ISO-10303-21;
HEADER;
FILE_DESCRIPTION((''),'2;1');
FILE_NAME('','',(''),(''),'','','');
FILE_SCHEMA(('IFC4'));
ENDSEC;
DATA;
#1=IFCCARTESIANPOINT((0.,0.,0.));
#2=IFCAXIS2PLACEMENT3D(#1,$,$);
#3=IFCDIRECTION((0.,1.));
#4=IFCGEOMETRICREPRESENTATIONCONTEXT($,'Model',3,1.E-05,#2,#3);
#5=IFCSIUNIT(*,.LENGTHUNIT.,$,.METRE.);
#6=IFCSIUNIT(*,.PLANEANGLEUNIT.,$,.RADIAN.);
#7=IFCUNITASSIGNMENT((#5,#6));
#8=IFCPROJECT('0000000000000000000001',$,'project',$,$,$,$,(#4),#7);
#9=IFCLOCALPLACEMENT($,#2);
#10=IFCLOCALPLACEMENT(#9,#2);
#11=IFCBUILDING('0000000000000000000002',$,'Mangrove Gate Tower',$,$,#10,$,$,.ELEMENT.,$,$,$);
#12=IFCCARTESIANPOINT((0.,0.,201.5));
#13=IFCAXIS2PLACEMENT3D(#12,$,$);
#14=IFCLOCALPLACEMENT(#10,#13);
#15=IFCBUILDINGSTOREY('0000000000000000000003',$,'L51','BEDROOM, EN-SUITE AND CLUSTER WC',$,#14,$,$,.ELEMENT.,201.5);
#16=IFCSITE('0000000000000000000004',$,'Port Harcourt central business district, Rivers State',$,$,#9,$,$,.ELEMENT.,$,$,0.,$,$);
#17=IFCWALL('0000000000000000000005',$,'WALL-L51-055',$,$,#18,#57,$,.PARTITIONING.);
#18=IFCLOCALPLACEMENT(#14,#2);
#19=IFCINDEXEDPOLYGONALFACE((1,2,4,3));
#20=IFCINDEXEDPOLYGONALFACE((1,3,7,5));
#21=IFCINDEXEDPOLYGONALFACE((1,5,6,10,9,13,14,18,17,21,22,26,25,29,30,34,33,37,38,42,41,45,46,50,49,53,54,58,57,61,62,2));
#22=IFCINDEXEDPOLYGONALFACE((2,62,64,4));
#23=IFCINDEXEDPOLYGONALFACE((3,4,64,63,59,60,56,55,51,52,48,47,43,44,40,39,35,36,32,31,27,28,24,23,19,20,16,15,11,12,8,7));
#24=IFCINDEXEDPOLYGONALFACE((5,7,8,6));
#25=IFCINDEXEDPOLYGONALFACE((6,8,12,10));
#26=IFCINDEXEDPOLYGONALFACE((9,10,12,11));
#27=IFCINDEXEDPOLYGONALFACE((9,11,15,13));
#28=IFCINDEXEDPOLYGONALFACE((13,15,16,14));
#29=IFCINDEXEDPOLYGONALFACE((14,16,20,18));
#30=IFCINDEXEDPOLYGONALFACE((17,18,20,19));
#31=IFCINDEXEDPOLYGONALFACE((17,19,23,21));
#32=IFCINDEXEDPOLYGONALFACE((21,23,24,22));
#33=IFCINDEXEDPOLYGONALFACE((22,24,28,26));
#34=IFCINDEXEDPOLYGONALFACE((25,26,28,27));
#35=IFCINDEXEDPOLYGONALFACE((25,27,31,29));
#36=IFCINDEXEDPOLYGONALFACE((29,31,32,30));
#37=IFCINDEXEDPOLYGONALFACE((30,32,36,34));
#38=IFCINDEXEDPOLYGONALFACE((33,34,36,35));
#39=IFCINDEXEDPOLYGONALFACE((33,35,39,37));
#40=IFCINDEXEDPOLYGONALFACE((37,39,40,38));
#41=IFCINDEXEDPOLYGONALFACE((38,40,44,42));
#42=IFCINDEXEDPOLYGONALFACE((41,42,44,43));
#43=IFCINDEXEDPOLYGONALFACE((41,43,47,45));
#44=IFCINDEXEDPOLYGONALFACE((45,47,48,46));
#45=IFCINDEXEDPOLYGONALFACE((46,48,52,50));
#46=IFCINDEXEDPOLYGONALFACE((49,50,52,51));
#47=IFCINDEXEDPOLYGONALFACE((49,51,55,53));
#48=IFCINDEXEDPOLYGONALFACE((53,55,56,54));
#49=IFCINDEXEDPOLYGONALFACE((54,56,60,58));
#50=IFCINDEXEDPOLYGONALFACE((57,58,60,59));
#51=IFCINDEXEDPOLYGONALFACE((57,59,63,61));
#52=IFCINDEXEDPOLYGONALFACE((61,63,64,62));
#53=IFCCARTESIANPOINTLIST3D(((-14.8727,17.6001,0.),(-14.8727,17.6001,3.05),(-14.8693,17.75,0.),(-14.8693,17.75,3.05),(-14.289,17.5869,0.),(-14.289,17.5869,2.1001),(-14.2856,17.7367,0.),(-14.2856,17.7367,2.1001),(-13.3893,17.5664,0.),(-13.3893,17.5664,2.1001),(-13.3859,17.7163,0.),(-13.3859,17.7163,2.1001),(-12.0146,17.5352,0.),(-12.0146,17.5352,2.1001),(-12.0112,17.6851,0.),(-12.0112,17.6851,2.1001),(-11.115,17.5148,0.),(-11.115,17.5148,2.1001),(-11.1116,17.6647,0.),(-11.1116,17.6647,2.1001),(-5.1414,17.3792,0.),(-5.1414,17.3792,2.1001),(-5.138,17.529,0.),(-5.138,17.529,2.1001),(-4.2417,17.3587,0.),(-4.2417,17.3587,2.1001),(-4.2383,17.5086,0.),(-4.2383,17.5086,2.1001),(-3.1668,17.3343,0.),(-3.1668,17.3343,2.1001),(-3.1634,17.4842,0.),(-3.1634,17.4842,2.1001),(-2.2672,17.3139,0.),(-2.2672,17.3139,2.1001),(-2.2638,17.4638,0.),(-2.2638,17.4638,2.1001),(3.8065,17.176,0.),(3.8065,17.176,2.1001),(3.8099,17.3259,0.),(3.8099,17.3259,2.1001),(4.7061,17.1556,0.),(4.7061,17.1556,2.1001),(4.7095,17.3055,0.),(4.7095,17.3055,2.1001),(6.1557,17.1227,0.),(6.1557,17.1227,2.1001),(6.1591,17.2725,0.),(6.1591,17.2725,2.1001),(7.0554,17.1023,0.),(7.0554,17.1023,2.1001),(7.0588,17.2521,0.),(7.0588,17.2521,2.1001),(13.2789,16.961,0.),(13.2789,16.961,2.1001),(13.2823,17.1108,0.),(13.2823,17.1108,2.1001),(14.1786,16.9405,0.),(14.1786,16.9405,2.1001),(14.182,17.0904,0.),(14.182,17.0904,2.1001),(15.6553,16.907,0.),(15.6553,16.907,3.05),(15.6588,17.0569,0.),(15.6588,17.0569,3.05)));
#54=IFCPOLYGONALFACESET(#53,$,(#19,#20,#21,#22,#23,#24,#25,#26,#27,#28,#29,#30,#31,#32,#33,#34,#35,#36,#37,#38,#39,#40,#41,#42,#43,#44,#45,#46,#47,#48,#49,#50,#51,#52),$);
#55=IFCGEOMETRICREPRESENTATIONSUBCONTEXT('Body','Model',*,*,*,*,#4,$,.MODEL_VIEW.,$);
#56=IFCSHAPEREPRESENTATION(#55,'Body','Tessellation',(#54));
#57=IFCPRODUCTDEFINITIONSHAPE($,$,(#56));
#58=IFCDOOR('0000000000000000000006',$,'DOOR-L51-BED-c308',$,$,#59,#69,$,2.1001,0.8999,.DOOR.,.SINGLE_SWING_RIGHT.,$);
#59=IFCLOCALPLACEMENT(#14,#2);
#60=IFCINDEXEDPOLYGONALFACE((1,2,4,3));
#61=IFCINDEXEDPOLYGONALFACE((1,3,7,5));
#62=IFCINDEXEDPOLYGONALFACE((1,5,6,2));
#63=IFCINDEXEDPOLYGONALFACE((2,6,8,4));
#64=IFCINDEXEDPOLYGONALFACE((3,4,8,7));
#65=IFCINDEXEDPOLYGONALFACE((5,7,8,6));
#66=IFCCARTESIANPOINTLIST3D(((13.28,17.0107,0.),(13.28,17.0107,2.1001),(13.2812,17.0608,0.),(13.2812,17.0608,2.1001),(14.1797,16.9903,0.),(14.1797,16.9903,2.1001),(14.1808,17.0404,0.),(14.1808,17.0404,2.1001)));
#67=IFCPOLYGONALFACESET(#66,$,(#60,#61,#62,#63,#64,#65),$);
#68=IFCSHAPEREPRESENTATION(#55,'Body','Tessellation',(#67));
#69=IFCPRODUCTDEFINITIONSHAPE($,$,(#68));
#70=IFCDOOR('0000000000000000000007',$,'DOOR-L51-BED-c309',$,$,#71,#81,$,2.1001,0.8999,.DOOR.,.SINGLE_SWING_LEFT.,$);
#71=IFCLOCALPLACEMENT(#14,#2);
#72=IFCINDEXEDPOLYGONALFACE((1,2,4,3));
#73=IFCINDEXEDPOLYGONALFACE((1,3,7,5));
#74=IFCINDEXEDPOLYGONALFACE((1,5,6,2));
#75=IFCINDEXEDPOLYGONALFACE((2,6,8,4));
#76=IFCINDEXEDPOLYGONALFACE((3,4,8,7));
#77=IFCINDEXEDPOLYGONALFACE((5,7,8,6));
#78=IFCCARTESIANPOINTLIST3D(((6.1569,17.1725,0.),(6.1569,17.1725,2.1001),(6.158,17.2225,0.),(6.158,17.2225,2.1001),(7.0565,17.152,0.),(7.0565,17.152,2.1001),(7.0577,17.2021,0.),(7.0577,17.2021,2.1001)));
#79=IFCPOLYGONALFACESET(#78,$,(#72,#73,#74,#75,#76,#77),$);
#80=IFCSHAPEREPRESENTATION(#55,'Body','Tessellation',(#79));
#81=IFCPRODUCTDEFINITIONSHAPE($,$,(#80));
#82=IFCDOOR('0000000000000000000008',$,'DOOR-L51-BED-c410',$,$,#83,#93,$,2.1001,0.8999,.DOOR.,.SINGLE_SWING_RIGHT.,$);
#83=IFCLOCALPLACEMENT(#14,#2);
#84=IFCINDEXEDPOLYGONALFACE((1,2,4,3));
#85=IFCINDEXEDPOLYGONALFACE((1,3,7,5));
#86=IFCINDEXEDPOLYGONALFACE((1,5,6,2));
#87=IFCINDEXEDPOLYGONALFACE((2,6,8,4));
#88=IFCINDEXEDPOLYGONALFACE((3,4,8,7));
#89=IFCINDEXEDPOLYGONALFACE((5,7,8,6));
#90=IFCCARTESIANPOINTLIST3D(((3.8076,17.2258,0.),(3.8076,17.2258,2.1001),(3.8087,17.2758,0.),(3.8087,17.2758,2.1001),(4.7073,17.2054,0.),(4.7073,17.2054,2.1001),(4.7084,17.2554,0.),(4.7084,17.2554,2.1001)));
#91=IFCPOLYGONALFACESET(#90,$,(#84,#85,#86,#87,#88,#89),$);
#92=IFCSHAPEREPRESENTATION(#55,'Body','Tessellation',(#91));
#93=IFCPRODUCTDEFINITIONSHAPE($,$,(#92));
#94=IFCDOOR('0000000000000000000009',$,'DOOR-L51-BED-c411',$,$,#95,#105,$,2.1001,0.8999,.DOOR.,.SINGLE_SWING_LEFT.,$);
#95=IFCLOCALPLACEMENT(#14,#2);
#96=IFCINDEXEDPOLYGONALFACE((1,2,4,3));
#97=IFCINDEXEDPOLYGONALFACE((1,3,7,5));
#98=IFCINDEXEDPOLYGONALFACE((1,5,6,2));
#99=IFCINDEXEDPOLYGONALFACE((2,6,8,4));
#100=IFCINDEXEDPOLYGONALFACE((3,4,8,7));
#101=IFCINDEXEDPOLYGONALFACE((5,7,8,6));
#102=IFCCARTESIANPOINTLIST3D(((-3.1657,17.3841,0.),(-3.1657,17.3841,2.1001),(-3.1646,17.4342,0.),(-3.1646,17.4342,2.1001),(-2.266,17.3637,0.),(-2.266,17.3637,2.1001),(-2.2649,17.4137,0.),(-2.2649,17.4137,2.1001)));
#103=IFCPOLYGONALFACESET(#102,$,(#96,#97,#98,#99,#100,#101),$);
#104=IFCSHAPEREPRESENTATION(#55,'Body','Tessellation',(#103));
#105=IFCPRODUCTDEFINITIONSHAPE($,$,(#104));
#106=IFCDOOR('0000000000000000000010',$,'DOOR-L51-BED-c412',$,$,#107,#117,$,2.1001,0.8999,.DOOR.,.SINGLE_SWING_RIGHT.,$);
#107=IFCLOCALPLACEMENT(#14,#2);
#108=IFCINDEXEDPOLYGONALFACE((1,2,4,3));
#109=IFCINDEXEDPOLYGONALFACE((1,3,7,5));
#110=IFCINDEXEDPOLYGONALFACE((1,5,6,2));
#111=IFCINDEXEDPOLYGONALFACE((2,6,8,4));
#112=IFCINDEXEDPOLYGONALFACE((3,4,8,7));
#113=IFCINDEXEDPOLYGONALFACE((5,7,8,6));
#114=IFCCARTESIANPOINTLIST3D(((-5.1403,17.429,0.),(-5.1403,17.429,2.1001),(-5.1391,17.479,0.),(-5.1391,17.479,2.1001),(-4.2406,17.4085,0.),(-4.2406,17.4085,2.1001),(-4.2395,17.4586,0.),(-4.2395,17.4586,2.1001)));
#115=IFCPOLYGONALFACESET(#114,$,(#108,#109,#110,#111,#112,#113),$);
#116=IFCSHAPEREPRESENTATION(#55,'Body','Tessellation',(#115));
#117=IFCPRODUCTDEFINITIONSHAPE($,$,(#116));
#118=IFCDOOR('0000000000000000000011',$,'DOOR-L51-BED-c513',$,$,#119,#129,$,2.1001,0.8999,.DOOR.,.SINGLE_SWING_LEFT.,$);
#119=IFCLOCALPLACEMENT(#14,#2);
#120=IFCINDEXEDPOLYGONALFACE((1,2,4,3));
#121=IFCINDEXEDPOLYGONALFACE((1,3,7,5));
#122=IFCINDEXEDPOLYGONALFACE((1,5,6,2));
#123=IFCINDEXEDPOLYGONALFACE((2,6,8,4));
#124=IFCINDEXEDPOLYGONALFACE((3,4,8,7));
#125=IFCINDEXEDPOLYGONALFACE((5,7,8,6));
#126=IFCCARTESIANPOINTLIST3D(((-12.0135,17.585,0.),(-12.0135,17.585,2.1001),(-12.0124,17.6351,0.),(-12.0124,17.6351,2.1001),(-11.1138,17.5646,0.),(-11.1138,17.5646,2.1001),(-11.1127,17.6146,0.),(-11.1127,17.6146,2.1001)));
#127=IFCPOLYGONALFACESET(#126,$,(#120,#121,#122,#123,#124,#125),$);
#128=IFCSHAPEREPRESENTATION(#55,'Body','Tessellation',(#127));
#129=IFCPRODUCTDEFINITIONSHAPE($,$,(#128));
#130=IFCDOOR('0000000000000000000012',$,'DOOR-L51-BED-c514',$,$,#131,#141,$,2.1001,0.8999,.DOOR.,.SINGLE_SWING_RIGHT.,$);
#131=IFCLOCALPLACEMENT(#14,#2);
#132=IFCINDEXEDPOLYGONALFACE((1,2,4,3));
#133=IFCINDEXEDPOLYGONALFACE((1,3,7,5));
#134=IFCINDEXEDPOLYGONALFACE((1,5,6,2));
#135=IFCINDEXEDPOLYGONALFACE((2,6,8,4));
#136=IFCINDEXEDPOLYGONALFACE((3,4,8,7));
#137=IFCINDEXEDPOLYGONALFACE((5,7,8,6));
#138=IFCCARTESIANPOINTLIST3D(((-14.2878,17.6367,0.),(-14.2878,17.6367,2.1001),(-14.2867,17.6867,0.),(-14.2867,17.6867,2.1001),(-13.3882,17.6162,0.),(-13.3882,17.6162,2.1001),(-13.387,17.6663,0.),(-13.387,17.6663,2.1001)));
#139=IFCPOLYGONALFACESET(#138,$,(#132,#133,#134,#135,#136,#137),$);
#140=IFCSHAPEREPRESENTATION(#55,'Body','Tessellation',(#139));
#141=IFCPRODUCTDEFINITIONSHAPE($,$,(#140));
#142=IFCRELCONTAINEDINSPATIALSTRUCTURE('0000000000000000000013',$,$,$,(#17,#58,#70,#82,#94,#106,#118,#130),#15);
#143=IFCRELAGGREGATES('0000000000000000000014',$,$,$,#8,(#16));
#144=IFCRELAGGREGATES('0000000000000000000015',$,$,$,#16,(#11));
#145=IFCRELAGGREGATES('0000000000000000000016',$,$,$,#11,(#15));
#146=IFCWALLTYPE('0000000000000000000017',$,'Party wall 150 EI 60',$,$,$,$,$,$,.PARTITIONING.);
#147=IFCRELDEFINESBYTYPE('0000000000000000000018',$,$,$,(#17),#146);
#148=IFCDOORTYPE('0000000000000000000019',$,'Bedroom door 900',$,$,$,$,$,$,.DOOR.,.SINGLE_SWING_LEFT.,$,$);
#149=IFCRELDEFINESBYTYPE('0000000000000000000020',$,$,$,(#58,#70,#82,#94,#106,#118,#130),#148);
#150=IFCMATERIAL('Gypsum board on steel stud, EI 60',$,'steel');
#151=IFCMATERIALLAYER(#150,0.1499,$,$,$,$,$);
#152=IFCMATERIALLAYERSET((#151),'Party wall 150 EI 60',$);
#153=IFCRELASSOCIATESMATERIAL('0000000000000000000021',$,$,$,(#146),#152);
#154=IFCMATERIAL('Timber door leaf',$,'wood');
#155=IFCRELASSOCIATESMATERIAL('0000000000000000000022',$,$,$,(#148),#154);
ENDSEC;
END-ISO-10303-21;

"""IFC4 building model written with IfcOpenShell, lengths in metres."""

from ifc_helpers import new_model, si_unit, direction, frame, frame_2d, origin, place, context, subcontext, project, spatial, rectangle, extrude, material, layer, layer_set, type_object, element, fill, save


model = new_model("IFC4")

# Units and contexts
model_context = context("Model", 3, precision=1e-05, world=origin(), true_north=direction((0.0, 1.0)))
body_context = subcontext(model_context, "Body", "Model", "MODEL_VIEW")
ifc_project = project(units=[si_unit("LENGTHUNIT", "METRE"), si_unit("PLANEANGLEUNIT", "RADIAN")], contexts=[model_context])

# Site, building, storey
site_placement = place(None, origin())
site = spatial("IfcSite", under=ifc_project, at=site_placement, Name="Port Harcourt central business district, Rivers State", CompositionType="ELEMENT", RefElevation=0.0)
building_placement = place(site_placement, origin())
building = spatial("IfcBuilding", under=site, at=building_placement, Name="Mangrove Gate Tower", CompositionType="ELEMENT")
storey_placement = place(building_placement, frame((0.0, 0.0, 201.5)))
storey = spatial("IfcBuildingStorey", under=building, at=storey_placement, Name="L51", Description="BEDROOM, EN-SUITE AND CLUSTER WC", CompositionType="ELEMENT", Elevation=201.5)

# Wall, openings, doors
ifc_material_1 = material(Name="Gypsum board on steel stud, EI 60", Category="steel")
ifc_layer = layer(ifc_material_1, 0.1499)
ifc_layer_set = layer_set([ifc_layer], Name="Party wall 150 EI 60")
wall_type = type_object("IfcWallType", Name="Party wall 150 EI 60", PredefinedType="PARTITIONING", material=ifc_layer_set)
wall_1_placement = place(storey_placement, frame((-14.8711, 17.675, 0.0), z_axis=(0.0, 0.0, 1.0), x_axis=(0.999742, -0.022698, 0.0)))
wall_1 = element("IfcWall", 1, at=wall_1_placement, inside=storey, type_object=wall_type, Name="WALL-L51-055", PredefinedType="PARTITIONING", context=body_context, shape_type="SweptSolid", body=[
    extrude(rectangle(XDim=30.5359, YDim=0.1499, at=frame_2d((15.2681, 0.0))), origin(), (0.0, 0.0, 1.0), 3.05),
])
opening_1_placement = place(wall_1_placement, frame((28.1589, 0.0, 0.0)))
opening_1 = element("IfcOpeningElement", 2, at=opening_1_placement, cuts=wall_1, PredefinedType="OPENING", context=body_context, shape_type="SweptSolid", body=[
    extrude(rectangle(XDim=0.8999, YDim=2.1001, at=frame_2d((0.45, 1.05))), frame((0.0, 0.085, 0.0), z_axis=(0.0, -1.0, 0.0), x_axis=(1.0, 0.0, 0.0)), (0.0, 0.0, 1.0), 0.1699),
])
opening_2_placement = place(wall_1_placement, frame((21.0339, 0.0, 0.0)))
opening_2 = element("IfcOpeningElement", 3, at=opening_2_placement, cuts=wall_1, PredefinedType="OPENING", context=body_context, shape_type="SweptSolid", body=[
    extrude(rectangle(XDim=0.8999, YDim=2.1001, at=frame_2d((0.45, 1.05))), frame((0.0, 0.085, 0.0), z_axis=(0.0, -1.0, 0.0), x_axis=(1.0, 0.0, 0.0)), (0.0, 0.0, 1.0), 0.1699),
])
opening_3_placement = place(wall_1_placement, frame((18.6841, 0.0, 0.0)))
opening_3 = element("IfcOpeningElement", 4, at=opening_3_placement, cuts=wall_1, PredefinedType="OPENING", context=body_context, shape_type="SweptSolid", body=[
    extrude(rectangle(XDim=0.8999, YDim=2.1001, at=frame_2d((0.45, 1.05))), frame((0.0, 0.085, 0.0), z_axis=(0.0, -1.0, 0.0), x_axis=(1.0, 0.0, 0.0)), (0.0, 0.0, 1.0), 0.1699),
])
opening_4_placement = place(wall_1_placement, frame((11.709, 0.0, 0.0)))
opening_4 = element("IfcOpeningElement", 5, at=opening_4_placement, cuts=wall_1, PredefinedType="OPENING", context=body_context, shape_type="SweptSolid", body=[
    extrude(rectangle(XDim=0.8999, YDim=2.1001, at=frame_2d((0.45, 1.05))), frame((0.0, 0.085, 0.0), z_axis=(0.0, -1.0, 0.0), x_axis=(1.0, 0.0, 0.0)), (0.0, 0.0, 1.0), 0.1699),
])
opening_5_placement = place(wall_1_placement, frame((9.7339, 0.0, 0.0)))
opening_5 = element("IfcOpeningElement", 6, at=opening_5_placement, cuts=wall_1, PredefinedType="OPENING", context=body_context, shape_type="SweptSolid", body=[
    extrude(rectangle(XDim=0.8999, YDim=2.1001, at=frame_2d((0.45, 1.05))), frame((0.0, 0.085, 0.0), z_axis=(0.0, -1.0, 0.0), x_axis=(1.0, 0.0, 0.0)), (0.0, 0.0, 1.0), 0.1699),
])
opening_6_placement = place(wall_1_placement, frame((2.8589, 0.0, 0.0)))
opening_6 = element("IfcOpeningElement", 7, at=opening_6_placement, cuts=wall_1, PredefinedType="OPENING", context=body_context, shape_type="SweptSolid", body=[
    extrude(rectangle(XDim=0.8999, YDim=2.1001, at=frame_2d((0.45, 1.05))), frame((0.0, 0.085, 0.0), z_axis=(0.0, -1.0, 0.0), x_axis=(1.0, 0.0, 0.0)), (0.0, 0.0, 1.0), 0.1699),
])
opening_7_placement = place(wall_1_placement, frame((0.584, 0.0, 0.0)))
opening_7 = element("IfcOpeningElement", 8, at=opening_7_placement, cuts=wall_1, PredefinedType="OPENING", context=body_context, shape_type="SweptSolid", body=[
    extrude(rectangle(XDim=0.8999, YDim=2.1001, at=frame_2d((0.45, 1.05))), frame((0.0, 0.085, 0.0), z_axis=(0.0, -1.0, 0.0), x_axis=(1.0, 0.0, 0.0)), (0.0, 0.0, 1.0), 0.1699),
])
ifc_material_2 = material(Name="Timber door leaf", Category="wood")
door_type_1 = type_object("IfcDoorType", Name="Bedroom door 900", OperationType="SINGLE_SWING_LEFT", PredefinedType="DOOR", material=ifc_material_2)
door_1_placement = place(opening_1_placement, origin())
door_1 = element("IfcDoor", 9, at=door_1_placement, inside=storey, type_object=door_type_1, Name="DOOR-L51-BED-c308", OperationType="SINGLE_SWING_RIGHT", OverallHeight=2.1001, OverallWidth=0.8999, PredefinedType="DOOR", context=body_context, shape_type="SweptSolid", body=[
    extrude(rectangle(XDim=0.8999, YDim=2.1001, at=frame_2d((0.45, 1.05))), frame((0.0, 0.0249, 0.0), z_axis=(0.0, -1.0, 0.0), x_axis=(1.0, 0.0, 0.0)), (0.0, 0.0, 1.0), 0.05),
])
fill(opening_1, door_1)
door_2_placement = place(opening_2_placement, origin())
door_2 = element("IfcDoor", 10, at=door_2_placement, inside=storey, type_object=door_type_1, Name="DOOR-L51-BED-c309", OperationType="SINGLE_SWING_LEFT", OverallHeight=2.1001, OverallWidth=0.8999, PredefinedType="DOOR", context=body_context, shape_type="SweptSolid", body=[
    extrude(rectangle(XDim=0.8999, YDim=2.1001, at=frame_2d((0.45, 1.05))), frame((0.0, 0.0249, 0.0), z_axis=(0.0, -1.0, 0.0), x_axis=(1.0, 0.0, 0.0)), (0.0, 0.0, 1.0), 0.05),
])
fill(opening_2, door_2)
door_3_placement = place(opening_3_placement, origin())
door_3 = element("IfcDoor", 11, at=door_3_placement, inside=storey, type_object=door_type_1, Name="DOOR-L51-BED-c410", OperationType="SINGLE_SWING_RIGHT", OverallHeight=2.1001, OverallWidth=0.8999, PredefinedType="DOOR", context=body_context, shape_type="SweptSolid", body=[
    extrude(rectangle(XDim=0.8999, YDim=2.1001, at=frame_2d((0.45, 1.05))), frame((0.0, 0.0249, 0.0), z_axis=(0.0, -1.0, 0.0), x_axis=(1.0, 0.0, 0.0)), (0.0, 0.0, 1.0), 0.05),
])
fill(opening_3, door_3)
door_4_placement = place(opening_4_placement, origin())
door_4 = element("IfcDoor", 12, at=door_4_placement, inside=storey, type_object=door_type_1, Name="DOOR-L51-BED-c411", OperationType="SINGLE_SWING_LEFT", OverallHeight=2.1001, OverallWidth=0.8999, PredefinedType="DOOR", context=body_context, shape_type="SweptSolid", body=[
    extrude(rectangle(XDim=0.8999, YDim=2.1001, at=frame_2d((0.45, 1.05))), frame((0.0, 0.0249, 0.0), z_axis=(0.0, -1.0, 0.0), x_axis=(1.0, 0.0, 0.0)), (0.0, 0.0, 1.0), 0.05),
])
fill(opening_4, door_4)
door_5_placement = place(opening_5_placement, origin())
door_5 = element("IfcDoor", 13, at=door_5_placement, inside=storey, type_object=door_type_1, Name="DOOR-L51-BED-c412", OperationType="SINGLE_SWING_RIGHT", OverallHeight=2.1001, OverallWidth=0.8999, PredefinedType="DOOR", context=body_context, shape_type="SweptSolid", body=[
    extrude(rectangle(XDim=0.8999, YDim=2.1001, at=frame_2d((0.45, 1.05))), frame((0.0, 0.0249, 0.0), z_axis=(0.0, -1.0, 0.0), x_axis=(1.0, 0.0, 0.0)), (0.0, 0.0, 1.0), 0.05),
])
fill(opening_5, door_5)
door_6_placement = place(opening_6_placement, origin())
door_6 = element("IfcDoor", 14, at=door_6_placement, inside=storey, type_object=door_type_1, Name="DOOR-L51-BED-c513", OperationType="SINGLE_SWING_LEFT", OverallHeight=2.1001, OverallWidth=0.8999, PredefinedType="DOOR", context=body_context, shape_type="SweptSolid", body=[
    extrude(rectangle(XDim=0.8999, YDim=2.1001, at=frame_2d((0.45, 1.05))), frame((0.0, 0.0249, 0.0), z_axis=(0.0, -1.0, 0.0), x_axis=(1.0, 0.0, 0.0)), (0.0, 0.0, 1.0), 0.05),
])
fill(opening_6, door_6)
door_7_placement = place(opening_7_placement, origin())
door_7 = element("IfcDoor", 15, at=door_7_placement, inside=storey, type_object=door_type_1, Name="DOOR-L51-BED-c514", OperationType="SINGLE_SWING_RIGHT", OverallHeight=2.1001, OverallWidth=0.8999, PredefinedType="DOOR", context=body_context, shape_type="SweptSolid", body=[
    extrude(rectangle(XDim=0.8999, YDim=2.1001, at=frame_2d((0.45, 1.05))), frame((0.0, 0.0249, 0.0), z_axis=(0.0, -1.0, 0.0), x_axis=(1.0, 0.0, 0.0)), (0.0, 0.0, 1.0), 0.05),
])
fill(opening_7, door_7)

save(model, "model.ifc")
